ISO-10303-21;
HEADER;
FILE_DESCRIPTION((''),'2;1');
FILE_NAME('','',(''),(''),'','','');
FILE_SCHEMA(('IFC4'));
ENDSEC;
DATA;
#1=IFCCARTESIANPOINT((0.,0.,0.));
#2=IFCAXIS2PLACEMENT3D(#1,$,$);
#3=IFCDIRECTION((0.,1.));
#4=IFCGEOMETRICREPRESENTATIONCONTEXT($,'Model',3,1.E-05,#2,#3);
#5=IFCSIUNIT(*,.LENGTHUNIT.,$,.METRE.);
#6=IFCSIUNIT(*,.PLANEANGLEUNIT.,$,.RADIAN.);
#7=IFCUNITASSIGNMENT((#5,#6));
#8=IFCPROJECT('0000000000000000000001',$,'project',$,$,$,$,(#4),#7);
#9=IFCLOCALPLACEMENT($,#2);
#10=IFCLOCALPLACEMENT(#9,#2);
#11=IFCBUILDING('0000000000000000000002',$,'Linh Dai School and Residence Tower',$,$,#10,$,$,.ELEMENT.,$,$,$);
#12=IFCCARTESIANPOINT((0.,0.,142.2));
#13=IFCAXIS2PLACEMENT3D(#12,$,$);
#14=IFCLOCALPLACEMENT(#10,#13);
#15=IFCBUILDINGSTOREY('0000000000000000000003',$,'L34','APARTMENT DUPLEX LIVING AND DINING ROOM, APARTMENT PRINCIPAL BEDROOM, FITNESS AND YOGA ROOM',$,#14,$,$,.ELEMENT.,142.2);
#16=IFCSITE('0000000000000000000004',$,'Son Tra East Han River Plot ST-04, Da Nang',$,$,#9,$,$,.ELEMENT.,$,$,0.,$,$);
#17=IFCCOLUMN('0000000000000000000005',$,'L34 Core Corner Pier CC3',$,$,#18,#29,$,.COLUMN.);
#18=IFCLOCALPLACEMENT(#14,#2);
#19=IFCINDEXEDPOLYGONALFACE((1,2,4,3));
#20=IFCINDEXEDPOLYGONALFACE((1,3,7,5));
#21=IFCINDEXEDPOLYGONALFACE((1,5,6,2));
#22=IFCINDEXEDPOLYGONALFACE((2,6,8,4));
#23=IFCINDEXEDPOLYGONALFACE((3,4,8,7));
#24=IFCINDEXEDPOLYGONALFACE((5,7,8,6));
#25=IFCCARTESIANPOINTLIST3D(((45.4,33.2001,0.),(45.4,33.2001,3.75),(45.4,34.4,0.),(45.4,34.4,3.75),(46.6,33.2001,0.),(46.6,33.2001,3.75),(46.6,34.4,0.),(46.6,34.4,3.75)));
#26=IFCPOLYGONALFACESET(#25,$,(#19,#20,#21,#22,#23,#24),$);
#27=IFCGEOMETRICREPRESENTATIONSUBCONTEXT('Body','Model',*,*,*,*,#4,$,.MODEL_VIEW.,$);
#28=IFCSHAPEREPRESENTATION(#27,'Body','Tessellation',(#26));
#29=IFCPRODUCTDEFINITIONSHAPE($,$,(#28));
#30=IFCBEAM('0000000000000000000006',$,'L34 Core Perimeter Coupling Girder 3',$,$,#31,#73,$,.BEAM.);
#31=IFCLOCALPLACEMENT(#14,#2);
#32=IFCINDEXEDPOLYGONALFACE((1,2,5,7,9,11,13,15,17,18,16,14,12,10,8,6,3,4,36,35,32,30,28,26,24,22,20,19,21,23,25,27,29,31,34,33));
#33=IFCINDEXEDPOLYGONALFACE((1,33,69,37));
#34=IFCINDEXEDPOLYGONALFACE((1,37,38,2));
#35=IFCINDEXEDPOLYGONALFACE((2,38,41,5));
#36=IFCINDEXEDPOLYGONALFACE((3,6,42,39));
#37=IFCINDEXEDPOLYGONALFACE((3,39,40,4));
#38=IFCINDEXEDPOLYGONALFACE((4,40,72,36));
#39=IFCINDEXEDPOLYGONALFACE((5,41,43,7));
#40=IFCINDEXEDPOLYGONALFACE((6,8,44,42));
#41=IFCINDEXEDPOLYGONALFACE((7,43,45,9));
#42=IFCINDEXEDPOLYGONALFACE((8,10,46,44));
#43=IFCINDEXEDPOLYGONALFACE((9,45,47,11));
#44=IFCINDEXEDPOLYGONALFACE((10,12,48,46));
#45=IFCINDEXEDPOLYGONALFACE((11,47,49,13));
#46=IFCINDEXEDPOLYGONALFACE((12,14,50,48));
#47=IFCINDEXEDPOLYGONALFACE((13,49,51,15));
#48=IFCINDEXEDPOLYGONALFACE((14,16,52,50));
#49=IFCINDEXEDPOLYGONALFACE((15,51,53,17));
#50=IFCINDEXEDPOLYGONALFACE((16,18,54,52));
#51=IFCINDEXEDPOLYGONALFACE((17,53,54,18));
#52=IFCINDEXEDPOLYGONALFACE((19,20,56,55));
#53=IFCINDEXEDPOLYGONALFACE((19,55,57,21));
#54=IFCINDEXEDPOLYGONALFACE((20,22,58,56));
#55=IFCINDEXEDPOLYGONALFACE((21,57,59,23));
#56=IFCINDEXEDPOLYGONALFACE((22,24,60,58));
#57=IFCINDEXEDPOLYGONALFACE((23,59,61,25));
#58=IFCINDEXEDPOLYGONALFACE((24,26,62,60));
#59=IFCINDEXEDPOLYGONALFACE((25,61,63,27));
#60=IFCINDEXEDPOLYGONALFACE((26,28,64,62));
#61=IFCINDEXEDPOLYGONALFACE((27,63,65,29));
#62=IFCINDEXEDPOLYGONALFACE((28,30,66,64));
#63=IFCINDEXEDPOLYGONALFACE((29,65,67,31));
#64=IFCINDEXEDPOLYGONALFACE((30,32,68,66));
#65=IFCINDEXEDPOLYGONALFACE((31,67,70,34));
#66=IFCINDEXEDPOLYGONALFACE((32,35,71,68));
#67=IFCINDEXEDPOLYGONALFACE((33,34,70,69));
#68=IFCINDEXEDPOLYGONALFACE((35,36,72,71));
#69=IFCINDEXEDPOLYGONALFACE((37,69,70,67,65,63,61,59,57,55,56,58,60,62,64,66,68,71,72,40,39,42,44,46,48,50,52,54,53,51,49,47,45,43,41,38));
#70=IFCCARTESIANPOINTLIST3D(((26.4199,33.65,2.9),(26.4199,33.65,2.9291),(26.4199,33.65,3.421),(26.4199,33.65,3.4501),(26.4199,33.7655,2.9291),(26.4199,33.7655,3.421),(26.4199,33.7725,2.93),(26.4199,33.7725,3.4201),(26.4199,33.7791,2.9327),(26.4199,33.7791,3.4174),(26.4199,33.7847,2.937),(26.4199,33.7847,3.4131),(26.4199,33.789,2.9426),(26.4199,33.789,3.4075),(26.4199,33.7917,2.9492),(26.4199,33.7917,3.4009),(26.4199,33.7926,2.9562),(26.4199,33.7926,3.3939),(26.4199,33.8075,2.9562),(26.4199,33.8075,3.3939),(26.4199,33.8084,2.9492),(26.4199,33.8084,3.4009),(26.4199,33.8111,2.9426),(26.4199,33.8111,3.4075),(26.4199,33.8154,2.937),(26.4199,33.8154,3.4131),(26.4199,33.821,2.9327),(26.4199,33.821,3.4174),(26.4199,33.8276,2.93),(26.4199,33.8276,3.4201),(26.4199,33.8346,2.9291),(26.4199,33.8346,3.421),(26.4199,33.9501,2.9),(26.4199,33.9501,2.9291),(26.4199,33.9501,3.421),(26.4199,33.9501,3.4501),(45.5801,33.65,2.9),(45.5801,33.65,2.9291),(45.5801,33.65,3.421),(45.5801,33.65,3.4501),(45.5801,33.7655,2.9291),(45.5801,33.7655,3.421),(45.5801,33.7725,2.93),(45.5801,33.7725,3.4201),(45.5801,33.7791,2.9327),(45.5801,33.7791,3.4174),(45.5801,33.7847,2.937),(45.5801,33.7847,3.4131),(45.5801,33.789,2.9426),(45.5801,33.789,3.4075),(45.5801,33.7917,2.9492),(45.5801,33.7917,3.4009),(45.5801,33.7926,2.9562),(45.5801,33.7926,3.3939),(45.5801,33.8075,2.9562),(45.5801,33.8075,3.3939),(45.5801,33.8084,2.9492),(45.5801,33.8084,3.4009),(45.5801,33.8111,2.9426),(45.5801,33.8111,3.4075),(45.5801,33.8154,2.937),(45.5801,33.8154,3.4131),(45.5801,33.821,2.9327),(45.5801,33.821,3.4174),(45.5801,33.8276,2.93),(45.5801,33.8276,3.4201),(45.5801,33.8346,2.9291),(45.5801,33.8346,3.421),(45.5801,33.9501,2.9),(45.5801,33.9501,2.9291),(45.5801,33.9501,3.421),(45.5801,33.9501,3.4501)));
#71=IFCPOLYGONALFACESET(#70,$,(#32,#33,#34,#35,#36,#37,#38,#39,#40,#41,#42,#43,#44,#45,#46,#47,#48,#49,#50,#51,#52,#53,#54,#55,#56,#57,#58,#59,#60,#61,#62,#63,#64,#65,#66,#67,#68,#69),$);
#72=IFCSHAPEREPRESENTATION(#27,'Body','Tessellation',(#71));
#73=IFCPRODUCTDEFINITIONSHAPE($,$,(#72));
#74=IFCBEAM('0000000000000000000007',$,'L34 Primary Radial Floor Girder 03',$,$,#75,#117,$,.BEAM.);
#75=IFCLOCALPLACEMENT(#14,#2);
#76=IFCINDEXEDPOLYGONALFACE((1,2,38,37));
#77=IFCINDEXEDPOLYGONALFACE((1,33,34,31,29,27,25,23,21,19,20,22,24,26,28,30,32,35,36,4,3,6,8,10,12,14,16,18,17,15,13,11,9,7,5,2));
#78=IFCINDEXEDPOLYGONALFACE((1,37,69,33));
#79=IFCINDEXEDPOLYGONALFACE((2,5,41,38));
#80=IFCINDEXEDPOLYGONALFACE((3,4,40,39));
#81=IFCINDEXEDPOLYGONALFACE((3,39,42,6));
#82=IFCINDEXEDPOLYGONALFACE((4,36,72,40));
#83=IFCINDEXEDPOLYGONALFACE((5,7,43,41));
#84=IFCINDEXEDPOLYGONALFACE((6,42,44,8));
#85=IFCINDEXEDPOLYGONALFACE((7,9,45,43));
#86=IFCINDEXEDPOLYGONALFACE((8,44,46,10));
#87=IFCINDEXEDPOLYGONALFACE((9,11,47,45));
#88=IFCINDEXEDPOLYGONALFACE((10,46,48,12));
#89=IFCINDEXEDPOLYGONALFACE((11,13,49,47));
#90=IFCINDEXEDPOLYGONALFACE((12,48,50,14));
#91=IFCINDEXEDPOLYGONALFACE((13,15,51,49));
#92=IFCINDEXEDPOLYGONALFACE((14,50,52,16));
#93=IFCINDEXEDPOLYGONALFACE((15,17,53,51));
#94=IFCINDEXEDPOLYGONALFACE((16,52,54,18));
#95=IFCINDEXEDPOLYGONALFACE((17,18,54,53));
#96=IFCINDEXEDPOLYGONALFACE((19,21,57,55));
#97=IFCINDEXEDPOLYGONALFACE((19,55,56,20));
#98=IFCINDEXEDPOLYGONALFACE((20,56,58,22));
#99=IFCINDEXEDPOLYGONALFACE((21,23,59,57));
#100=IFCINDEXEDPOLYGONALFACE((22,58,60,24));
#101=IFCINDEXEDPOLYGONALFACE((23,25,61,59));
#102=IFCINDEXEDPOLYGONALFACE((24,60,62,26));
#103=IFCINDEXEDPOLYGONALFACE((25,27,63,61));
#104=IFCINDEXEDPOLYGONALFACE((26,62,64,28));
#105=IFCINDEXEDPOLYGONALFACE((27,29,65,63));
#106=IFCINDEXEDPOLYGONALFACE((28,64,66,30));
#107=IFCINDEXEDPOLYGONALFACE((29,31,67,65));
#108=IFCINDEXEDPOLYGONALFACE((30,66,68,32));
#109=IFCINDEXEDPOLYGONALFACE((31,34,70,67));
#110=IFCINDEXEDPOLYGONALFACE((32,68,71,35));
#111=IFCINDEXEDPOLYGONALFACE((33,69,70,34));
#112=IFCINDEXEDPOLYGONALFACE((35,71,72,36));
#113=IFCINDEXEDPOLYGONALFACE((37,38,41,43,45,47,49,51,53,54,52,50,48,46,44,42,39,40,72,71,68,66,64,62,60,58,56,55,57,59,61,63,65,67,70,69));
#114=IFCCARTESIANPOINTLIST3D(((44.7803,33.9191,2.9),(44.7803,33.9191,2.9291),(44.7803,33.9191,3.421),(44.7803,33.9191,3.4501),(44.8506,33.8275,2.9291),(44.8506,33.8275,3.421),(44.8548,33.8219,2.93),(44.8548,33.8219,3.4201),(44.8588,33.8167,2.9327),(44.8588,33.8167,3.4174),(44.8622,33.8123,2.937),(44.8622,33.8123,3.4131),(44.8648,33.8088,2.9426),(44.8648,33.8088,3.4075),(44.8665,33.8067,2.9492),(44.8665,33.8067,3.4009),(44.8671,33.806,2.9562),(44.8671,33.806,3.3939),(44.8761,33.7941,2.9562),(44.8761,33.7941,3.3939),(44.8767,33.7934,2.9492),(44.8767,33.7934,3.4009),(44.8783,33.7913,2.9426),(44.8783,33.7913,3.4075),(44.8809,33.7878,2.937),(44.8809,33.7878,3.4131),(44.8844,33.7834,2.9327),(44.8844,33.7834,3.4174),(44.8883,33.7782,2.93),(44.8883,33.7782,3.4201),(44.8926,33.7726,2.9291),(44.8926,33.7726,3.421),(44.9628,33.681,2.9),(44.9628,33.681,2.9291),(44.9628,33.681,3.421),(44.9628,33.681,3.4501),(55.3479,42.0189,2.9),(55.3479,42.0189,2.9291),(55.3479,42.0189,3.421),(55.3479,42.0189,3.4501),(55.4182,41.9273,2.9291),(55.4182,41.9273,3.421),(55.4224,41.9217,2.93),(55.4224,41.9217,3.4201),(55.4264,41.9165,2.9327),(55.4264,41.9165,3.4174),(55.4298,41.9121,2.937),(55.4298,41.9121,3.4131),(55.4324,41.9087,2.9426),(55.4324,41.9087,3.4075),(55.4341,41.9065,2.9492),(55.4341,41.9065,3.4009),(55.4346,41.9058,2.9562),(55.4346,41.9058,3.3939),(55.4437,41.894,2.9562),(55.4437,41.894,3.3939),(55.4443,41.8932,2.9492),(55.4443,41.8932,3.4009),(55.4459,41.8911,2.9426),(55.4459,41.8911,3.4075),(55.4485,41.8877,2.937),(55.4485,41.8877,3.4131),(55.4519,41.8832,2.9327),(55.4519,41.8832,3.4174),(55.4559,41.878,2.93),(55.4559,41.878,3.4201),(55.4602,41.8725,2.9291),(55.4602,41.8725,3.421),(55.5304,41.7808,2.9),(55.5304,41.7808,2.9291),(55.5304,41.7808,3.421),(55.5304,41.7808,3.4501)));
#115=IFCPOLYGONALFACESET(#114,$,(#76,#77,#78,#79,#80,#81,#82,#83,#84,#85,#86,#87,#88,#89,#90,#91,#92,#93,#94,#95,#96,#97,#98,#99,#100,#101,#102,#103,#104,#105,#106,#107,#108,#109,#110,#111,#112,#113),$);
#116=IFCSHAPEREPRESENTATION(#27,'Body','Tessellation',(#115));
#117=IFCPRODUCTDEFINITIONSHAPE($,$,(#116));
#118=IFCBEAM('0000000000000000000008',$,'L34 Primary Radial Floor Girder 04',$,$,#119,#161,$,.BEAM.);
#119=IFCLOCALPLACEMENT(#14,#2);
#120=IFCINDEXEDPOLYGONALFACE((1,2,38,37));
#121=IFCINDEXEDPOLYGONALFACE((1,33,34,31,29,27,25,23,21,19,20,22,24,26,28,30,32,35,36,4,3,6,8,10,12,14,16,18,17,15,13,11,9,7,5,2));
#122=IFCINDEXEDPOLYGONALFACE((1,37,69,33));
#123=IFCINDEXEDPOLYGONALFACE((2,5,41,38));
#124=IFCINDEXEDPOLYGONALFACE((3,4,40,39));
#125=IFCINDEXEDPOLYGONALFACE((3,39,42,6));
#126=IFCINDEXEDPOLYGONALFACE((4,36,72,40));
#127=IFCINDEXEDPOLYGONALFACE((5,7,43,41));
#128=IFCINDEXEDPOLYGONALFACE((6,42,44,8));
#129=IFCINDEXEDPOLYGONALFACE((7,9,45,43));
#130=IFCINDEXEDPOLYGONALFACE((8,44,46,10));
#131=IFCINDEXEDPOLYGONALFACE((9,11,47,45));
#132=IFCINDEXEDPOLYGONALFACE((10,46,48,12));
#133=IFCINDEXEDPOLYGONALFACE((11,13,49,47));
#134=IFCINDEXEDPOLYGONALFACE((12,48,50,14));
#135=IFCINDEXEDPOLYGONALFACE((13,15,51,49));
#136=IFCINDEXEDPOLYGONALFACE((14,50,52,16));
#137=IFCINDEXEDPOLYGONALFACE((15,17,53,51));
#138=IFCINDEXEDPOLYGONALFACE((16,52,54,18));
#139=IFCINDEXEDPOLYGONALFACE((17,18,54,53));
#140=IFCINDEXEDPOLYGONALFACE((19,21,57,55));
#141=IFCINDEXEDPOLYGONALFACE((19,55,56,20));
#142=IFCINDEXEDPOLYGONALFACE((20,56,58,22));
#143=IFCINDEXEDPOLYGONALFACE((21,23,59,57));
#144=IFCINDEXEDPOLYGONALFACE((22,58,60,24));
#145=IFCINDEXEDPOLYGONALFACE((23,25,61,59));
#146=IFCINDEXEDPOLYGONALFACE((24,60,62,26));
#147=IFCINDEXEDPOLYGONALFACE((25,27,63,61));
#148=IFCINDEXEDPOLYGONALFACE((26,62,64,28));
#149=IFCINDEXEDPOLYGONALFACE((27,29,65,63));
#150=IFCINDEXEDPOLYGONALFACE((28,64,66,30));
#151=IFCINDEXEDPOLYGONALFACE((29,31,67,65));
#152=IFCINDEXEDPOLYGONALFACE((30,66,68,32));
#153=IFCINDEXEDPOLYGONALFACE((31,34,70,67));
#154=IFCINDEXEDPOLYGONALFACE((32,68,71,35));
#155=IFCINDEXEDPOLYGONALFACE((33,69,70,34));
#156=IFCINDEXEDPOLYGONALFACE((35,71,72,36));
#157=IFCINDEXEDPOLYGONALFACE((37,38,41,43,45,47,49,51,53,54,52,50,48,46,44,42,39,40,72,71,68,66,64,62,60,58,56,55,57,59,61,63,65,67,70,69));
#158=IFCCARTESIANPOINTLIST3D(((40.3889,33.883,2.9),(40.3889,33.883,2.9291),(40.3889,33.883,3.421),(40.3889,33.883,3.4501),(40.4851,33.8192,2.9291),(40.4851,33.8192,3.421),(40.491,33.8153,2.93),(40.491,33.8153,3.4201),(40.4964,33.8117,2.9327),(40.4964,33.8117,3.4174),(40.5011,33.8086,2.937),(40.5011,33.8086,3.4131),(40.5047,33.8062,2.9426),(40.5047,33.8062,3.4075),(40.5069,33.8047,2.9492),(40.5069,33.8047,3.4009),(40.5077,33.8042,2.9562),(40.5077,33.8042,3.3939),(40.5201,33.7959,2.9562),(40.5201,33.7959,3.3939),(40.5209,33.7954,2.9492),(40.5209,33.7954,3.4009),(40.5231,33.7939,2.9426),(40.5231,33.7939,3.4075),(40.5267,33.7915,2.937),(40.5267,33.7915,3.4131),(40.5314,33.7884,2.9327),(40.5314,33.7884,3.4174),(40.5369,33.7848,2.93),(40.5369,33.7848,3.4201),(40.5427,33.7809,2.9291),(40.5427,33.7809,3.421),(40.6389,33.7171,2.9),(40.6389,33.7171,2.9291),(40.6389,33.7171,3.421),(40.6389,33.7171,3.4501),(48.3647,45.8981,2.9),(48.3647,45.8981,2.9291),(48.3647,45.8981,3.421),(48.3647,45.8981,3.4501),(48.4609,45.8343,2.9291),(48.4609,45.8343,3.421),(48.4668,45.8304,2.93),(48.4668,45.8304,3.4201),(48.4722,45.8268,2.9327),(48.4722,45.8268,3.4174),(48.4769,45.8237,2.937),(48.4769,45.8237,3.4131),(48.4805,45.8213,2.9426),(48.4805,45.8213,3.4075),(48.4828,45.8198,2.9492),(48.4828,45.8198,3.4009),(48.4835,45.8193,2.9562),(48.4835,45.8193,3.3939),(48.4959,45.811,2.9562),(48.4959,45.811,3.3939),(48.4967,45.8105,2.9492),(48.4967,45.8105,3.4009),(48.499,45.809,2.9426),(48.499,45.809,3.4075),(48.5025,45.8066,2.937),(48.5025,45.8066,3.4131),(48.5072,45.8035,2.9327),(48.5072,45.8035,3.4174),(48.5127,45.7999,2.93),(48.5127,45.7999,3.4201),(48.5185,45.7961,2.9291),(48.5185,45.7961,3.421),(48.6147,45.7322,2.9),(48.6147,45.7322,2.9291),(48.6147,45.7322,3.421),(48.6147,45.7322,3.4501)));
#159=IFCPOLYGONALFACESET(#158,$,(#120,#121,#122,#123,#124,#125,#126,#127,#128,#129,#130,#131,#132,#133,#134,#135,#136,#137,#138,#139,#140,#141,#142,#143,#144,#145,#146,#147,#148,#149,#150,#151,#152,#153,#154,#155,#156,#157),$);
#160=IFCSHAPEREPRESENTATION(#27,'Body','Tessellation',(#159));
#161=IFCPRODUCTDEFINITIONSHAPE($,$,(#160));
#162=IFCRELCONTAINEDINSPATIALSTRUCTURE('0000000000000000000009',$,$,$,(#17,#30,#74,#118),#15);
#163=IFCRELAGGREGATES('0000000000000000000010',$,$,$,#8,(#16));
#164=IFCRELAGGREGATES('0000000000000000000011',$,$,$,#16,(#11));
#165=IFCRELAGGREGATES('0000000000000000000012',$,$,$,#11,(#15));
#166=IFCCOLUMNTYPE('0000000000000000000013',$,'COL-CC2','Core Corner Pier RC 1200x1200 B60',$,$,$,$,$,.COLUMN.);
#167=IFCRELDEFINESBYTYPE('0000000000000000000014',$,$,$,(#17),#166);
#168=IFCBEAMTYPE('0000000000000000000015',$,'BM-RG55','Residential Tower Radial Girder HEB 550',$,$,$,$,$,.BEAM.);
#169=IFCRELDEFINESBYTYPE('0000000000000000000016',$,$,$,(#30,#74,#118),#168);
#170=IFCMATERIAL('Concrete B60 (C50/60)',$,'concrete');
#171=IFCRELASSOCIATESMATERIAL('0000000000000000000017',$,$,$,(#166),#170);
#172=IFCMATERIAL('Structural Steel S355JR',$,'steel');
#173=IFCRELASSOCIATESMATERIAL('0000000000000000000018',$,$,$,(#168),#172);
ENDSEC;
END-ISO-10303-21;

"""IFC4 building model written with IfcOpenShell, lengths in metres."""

from ifc_helpers import new_model, si_unit, direction, frame, origin, origin_2d, place, context, subcontext, project, spatial, rectangle, i_section, extrude, material, material_profile, profile_set, type_object, element, save


model = new_model("IFC4")

# Units and contexts
model_context = context("Model", 3, precision=1e-05, world=origin(), true_north=direction((0.0, 1.0)))
body_context = subcontext(model_context, "Body", "Model", "MODEL_VIEW")
ifc_project = project(units=[si_unit("LENGTHUNIT", "METRE"), si_unit("PLANEANGLEUNIT", "RADIAN")], contexts=[model_context])

# Site, building, storey
site_placement = place(None, origin())
site = spatial("IfcSite", under=ifc_project, at=site_placement, Name="Son Tra East Han River Plot ST-04, Da Nang", CompositionType="ELEMENT", RefElevation=0.0)
building_placement = place(site_placement, origin())
building = spatial("IfcBuilding", under=site, at=building_placement, Name="Linh Dai School and Residence Tower", CompositionType="ELEMENT")
storey_placement = place(building_placement, frame((0.0, 0.0, 142.2)))
storey = spatial("IfcBuildingStorey", under=building, at=storey_placement, Name="L34", Description="APARTMENT DUPLEX LIVING AND DINING ROOM, APARTMENT PRINCIPAL BEDROOM, FITNESS AND YOGA ROOM", CompositionType="ELEMENT", Elevation=142.2)

# Column
ifc_material_1 = material(Name="Concrete B60 (C50/60)", Category="concrete")
ifc_material_profile_1 = material_profile(ifc_material_1, rectangle(XDim=1.2, YDim=1.2, at=origin_2d()), Name="RC 1200x1200")
ifc_profile_set_1 = profile_set([ifc_material_profile_1], Name="Concrete B60 (C50/60)")
column_type = type_object("IfcColumnType", Name="COL-CC2", Description="Core Corner Pier RC 1200x1200 B60", PredefinedType="COLUMN", material=ifc_profile_set_1)
column_placement = place(storey_placement, frame((46.0, 33.8, 0.0), z_axis=(0.0, 0.0, 1.0), x_axis=(1.0, 0.0, 0.0)))
element("IfcColumn", 1, at=column_placement, inside=storey, type_object=column_type, Name="L34 Core Corner Pier CC3", PredefinedType="COLUMN", context=body_context, shape_type="SweptSolid", body=[
    extrude(rectangle(XDim=1.2, YDim=1.2, at=origin_2d()), origin(), (0.0, 0.0, 1.0), 3.75),
])

# Beams
ifc_material_2 = material(Name="Structural Steel S355JR", Category="steel")
ifc_material_profile_2 = material_profile(ifc_material_2, i_section(OverallWidth=0.3, OverallDepth=0.55, WebThickness=0.0149, FlangeThickness=0.0291, FilletRadius=0.0271, at=origin_2d()), Name="HEB 550")
ifc_profile_set_2 = profile_set([ifc_material_profile_2], Name="Structural Steel S355JR")
beam_type_1 = type_object("IfcBeamType", Name="BM-RG55", Description="Residential Tower Radial Girder HEB 550", PredefinedType="BEAM", material=ifc_profile_set_2)
beam_1_placement = place(storey_placement, frame((45.5801, 33.8, 3.175), z_axis=(-1.0, 0.0, 0.0), x_axis=(0.0, -1.0, 0.0)))
element("IfcBeam", 2, at=beam_1_placement, inside=storey, type_object=beam_type_1, Name="L34 Core Perimeter Coupling Girder 3", PredefinedType="BEAM", context=body_context, shape_type="SweptSolid", body=[
    extrude(i_section(OverallWidth=0.3, OverallDepth=0.55, WebThickness=0.0149, FlangeThickness=0.0291, FilletRadius=0.0271, at=origin_2d()), origin(), (0.0, 0.0, 1.0), 19.1602),
])
beam_2_placement = place(storey_placement, frame((44.8716, 33.8, 3.175), z_axis=(0.793679, 0.608337, 0.0), x_axis=(-0.608337, 0.793679, 0.0)))
element("IfcBeam", 3, at=beam_2_placement, inside=storey, type_object=beam_type_1, Name="L34 Primary Radial Floor Girder 03", PredefinedType="BEAM", context=body_context, shape_type="SweptSolid", body=[
    extrude(i_section(OverallWidth=0.3, OverallDepth=0.55, WebThickness=0.0149, FlangeThickness=0.0291, FilletRadius=0.0271, at=origin_2d()), origin(), (0.0, 0.0, 1.0), 13.3147),
])
beam_3_placement = place(storey_placement, frame((40.5139, 33.8, 3.175), z_axis=(0.553054, 0.833145, 0.0), x_axis=(-0.833145, 0.553054, 0.0)))
element("IfcBeam", 4, at=beam_3_placement, inside=storey, type_object=beam_type_1, Name="L34 Primary Radial Floor Girder 04", PredefinedType="BEAM", context=body_context, shape_type="SweptSolid", body=[
    extrude(i_section(OverallWidth=0.3, OverallDepth=0.55, WebThickness=0.0149, FlangeThickness=0.0291, FilletRadius=0.0271, at=origin_2d()), origin(), (0.0, 0.0, 1.0), 14.4214),
])

save(model, "model.ifc")
